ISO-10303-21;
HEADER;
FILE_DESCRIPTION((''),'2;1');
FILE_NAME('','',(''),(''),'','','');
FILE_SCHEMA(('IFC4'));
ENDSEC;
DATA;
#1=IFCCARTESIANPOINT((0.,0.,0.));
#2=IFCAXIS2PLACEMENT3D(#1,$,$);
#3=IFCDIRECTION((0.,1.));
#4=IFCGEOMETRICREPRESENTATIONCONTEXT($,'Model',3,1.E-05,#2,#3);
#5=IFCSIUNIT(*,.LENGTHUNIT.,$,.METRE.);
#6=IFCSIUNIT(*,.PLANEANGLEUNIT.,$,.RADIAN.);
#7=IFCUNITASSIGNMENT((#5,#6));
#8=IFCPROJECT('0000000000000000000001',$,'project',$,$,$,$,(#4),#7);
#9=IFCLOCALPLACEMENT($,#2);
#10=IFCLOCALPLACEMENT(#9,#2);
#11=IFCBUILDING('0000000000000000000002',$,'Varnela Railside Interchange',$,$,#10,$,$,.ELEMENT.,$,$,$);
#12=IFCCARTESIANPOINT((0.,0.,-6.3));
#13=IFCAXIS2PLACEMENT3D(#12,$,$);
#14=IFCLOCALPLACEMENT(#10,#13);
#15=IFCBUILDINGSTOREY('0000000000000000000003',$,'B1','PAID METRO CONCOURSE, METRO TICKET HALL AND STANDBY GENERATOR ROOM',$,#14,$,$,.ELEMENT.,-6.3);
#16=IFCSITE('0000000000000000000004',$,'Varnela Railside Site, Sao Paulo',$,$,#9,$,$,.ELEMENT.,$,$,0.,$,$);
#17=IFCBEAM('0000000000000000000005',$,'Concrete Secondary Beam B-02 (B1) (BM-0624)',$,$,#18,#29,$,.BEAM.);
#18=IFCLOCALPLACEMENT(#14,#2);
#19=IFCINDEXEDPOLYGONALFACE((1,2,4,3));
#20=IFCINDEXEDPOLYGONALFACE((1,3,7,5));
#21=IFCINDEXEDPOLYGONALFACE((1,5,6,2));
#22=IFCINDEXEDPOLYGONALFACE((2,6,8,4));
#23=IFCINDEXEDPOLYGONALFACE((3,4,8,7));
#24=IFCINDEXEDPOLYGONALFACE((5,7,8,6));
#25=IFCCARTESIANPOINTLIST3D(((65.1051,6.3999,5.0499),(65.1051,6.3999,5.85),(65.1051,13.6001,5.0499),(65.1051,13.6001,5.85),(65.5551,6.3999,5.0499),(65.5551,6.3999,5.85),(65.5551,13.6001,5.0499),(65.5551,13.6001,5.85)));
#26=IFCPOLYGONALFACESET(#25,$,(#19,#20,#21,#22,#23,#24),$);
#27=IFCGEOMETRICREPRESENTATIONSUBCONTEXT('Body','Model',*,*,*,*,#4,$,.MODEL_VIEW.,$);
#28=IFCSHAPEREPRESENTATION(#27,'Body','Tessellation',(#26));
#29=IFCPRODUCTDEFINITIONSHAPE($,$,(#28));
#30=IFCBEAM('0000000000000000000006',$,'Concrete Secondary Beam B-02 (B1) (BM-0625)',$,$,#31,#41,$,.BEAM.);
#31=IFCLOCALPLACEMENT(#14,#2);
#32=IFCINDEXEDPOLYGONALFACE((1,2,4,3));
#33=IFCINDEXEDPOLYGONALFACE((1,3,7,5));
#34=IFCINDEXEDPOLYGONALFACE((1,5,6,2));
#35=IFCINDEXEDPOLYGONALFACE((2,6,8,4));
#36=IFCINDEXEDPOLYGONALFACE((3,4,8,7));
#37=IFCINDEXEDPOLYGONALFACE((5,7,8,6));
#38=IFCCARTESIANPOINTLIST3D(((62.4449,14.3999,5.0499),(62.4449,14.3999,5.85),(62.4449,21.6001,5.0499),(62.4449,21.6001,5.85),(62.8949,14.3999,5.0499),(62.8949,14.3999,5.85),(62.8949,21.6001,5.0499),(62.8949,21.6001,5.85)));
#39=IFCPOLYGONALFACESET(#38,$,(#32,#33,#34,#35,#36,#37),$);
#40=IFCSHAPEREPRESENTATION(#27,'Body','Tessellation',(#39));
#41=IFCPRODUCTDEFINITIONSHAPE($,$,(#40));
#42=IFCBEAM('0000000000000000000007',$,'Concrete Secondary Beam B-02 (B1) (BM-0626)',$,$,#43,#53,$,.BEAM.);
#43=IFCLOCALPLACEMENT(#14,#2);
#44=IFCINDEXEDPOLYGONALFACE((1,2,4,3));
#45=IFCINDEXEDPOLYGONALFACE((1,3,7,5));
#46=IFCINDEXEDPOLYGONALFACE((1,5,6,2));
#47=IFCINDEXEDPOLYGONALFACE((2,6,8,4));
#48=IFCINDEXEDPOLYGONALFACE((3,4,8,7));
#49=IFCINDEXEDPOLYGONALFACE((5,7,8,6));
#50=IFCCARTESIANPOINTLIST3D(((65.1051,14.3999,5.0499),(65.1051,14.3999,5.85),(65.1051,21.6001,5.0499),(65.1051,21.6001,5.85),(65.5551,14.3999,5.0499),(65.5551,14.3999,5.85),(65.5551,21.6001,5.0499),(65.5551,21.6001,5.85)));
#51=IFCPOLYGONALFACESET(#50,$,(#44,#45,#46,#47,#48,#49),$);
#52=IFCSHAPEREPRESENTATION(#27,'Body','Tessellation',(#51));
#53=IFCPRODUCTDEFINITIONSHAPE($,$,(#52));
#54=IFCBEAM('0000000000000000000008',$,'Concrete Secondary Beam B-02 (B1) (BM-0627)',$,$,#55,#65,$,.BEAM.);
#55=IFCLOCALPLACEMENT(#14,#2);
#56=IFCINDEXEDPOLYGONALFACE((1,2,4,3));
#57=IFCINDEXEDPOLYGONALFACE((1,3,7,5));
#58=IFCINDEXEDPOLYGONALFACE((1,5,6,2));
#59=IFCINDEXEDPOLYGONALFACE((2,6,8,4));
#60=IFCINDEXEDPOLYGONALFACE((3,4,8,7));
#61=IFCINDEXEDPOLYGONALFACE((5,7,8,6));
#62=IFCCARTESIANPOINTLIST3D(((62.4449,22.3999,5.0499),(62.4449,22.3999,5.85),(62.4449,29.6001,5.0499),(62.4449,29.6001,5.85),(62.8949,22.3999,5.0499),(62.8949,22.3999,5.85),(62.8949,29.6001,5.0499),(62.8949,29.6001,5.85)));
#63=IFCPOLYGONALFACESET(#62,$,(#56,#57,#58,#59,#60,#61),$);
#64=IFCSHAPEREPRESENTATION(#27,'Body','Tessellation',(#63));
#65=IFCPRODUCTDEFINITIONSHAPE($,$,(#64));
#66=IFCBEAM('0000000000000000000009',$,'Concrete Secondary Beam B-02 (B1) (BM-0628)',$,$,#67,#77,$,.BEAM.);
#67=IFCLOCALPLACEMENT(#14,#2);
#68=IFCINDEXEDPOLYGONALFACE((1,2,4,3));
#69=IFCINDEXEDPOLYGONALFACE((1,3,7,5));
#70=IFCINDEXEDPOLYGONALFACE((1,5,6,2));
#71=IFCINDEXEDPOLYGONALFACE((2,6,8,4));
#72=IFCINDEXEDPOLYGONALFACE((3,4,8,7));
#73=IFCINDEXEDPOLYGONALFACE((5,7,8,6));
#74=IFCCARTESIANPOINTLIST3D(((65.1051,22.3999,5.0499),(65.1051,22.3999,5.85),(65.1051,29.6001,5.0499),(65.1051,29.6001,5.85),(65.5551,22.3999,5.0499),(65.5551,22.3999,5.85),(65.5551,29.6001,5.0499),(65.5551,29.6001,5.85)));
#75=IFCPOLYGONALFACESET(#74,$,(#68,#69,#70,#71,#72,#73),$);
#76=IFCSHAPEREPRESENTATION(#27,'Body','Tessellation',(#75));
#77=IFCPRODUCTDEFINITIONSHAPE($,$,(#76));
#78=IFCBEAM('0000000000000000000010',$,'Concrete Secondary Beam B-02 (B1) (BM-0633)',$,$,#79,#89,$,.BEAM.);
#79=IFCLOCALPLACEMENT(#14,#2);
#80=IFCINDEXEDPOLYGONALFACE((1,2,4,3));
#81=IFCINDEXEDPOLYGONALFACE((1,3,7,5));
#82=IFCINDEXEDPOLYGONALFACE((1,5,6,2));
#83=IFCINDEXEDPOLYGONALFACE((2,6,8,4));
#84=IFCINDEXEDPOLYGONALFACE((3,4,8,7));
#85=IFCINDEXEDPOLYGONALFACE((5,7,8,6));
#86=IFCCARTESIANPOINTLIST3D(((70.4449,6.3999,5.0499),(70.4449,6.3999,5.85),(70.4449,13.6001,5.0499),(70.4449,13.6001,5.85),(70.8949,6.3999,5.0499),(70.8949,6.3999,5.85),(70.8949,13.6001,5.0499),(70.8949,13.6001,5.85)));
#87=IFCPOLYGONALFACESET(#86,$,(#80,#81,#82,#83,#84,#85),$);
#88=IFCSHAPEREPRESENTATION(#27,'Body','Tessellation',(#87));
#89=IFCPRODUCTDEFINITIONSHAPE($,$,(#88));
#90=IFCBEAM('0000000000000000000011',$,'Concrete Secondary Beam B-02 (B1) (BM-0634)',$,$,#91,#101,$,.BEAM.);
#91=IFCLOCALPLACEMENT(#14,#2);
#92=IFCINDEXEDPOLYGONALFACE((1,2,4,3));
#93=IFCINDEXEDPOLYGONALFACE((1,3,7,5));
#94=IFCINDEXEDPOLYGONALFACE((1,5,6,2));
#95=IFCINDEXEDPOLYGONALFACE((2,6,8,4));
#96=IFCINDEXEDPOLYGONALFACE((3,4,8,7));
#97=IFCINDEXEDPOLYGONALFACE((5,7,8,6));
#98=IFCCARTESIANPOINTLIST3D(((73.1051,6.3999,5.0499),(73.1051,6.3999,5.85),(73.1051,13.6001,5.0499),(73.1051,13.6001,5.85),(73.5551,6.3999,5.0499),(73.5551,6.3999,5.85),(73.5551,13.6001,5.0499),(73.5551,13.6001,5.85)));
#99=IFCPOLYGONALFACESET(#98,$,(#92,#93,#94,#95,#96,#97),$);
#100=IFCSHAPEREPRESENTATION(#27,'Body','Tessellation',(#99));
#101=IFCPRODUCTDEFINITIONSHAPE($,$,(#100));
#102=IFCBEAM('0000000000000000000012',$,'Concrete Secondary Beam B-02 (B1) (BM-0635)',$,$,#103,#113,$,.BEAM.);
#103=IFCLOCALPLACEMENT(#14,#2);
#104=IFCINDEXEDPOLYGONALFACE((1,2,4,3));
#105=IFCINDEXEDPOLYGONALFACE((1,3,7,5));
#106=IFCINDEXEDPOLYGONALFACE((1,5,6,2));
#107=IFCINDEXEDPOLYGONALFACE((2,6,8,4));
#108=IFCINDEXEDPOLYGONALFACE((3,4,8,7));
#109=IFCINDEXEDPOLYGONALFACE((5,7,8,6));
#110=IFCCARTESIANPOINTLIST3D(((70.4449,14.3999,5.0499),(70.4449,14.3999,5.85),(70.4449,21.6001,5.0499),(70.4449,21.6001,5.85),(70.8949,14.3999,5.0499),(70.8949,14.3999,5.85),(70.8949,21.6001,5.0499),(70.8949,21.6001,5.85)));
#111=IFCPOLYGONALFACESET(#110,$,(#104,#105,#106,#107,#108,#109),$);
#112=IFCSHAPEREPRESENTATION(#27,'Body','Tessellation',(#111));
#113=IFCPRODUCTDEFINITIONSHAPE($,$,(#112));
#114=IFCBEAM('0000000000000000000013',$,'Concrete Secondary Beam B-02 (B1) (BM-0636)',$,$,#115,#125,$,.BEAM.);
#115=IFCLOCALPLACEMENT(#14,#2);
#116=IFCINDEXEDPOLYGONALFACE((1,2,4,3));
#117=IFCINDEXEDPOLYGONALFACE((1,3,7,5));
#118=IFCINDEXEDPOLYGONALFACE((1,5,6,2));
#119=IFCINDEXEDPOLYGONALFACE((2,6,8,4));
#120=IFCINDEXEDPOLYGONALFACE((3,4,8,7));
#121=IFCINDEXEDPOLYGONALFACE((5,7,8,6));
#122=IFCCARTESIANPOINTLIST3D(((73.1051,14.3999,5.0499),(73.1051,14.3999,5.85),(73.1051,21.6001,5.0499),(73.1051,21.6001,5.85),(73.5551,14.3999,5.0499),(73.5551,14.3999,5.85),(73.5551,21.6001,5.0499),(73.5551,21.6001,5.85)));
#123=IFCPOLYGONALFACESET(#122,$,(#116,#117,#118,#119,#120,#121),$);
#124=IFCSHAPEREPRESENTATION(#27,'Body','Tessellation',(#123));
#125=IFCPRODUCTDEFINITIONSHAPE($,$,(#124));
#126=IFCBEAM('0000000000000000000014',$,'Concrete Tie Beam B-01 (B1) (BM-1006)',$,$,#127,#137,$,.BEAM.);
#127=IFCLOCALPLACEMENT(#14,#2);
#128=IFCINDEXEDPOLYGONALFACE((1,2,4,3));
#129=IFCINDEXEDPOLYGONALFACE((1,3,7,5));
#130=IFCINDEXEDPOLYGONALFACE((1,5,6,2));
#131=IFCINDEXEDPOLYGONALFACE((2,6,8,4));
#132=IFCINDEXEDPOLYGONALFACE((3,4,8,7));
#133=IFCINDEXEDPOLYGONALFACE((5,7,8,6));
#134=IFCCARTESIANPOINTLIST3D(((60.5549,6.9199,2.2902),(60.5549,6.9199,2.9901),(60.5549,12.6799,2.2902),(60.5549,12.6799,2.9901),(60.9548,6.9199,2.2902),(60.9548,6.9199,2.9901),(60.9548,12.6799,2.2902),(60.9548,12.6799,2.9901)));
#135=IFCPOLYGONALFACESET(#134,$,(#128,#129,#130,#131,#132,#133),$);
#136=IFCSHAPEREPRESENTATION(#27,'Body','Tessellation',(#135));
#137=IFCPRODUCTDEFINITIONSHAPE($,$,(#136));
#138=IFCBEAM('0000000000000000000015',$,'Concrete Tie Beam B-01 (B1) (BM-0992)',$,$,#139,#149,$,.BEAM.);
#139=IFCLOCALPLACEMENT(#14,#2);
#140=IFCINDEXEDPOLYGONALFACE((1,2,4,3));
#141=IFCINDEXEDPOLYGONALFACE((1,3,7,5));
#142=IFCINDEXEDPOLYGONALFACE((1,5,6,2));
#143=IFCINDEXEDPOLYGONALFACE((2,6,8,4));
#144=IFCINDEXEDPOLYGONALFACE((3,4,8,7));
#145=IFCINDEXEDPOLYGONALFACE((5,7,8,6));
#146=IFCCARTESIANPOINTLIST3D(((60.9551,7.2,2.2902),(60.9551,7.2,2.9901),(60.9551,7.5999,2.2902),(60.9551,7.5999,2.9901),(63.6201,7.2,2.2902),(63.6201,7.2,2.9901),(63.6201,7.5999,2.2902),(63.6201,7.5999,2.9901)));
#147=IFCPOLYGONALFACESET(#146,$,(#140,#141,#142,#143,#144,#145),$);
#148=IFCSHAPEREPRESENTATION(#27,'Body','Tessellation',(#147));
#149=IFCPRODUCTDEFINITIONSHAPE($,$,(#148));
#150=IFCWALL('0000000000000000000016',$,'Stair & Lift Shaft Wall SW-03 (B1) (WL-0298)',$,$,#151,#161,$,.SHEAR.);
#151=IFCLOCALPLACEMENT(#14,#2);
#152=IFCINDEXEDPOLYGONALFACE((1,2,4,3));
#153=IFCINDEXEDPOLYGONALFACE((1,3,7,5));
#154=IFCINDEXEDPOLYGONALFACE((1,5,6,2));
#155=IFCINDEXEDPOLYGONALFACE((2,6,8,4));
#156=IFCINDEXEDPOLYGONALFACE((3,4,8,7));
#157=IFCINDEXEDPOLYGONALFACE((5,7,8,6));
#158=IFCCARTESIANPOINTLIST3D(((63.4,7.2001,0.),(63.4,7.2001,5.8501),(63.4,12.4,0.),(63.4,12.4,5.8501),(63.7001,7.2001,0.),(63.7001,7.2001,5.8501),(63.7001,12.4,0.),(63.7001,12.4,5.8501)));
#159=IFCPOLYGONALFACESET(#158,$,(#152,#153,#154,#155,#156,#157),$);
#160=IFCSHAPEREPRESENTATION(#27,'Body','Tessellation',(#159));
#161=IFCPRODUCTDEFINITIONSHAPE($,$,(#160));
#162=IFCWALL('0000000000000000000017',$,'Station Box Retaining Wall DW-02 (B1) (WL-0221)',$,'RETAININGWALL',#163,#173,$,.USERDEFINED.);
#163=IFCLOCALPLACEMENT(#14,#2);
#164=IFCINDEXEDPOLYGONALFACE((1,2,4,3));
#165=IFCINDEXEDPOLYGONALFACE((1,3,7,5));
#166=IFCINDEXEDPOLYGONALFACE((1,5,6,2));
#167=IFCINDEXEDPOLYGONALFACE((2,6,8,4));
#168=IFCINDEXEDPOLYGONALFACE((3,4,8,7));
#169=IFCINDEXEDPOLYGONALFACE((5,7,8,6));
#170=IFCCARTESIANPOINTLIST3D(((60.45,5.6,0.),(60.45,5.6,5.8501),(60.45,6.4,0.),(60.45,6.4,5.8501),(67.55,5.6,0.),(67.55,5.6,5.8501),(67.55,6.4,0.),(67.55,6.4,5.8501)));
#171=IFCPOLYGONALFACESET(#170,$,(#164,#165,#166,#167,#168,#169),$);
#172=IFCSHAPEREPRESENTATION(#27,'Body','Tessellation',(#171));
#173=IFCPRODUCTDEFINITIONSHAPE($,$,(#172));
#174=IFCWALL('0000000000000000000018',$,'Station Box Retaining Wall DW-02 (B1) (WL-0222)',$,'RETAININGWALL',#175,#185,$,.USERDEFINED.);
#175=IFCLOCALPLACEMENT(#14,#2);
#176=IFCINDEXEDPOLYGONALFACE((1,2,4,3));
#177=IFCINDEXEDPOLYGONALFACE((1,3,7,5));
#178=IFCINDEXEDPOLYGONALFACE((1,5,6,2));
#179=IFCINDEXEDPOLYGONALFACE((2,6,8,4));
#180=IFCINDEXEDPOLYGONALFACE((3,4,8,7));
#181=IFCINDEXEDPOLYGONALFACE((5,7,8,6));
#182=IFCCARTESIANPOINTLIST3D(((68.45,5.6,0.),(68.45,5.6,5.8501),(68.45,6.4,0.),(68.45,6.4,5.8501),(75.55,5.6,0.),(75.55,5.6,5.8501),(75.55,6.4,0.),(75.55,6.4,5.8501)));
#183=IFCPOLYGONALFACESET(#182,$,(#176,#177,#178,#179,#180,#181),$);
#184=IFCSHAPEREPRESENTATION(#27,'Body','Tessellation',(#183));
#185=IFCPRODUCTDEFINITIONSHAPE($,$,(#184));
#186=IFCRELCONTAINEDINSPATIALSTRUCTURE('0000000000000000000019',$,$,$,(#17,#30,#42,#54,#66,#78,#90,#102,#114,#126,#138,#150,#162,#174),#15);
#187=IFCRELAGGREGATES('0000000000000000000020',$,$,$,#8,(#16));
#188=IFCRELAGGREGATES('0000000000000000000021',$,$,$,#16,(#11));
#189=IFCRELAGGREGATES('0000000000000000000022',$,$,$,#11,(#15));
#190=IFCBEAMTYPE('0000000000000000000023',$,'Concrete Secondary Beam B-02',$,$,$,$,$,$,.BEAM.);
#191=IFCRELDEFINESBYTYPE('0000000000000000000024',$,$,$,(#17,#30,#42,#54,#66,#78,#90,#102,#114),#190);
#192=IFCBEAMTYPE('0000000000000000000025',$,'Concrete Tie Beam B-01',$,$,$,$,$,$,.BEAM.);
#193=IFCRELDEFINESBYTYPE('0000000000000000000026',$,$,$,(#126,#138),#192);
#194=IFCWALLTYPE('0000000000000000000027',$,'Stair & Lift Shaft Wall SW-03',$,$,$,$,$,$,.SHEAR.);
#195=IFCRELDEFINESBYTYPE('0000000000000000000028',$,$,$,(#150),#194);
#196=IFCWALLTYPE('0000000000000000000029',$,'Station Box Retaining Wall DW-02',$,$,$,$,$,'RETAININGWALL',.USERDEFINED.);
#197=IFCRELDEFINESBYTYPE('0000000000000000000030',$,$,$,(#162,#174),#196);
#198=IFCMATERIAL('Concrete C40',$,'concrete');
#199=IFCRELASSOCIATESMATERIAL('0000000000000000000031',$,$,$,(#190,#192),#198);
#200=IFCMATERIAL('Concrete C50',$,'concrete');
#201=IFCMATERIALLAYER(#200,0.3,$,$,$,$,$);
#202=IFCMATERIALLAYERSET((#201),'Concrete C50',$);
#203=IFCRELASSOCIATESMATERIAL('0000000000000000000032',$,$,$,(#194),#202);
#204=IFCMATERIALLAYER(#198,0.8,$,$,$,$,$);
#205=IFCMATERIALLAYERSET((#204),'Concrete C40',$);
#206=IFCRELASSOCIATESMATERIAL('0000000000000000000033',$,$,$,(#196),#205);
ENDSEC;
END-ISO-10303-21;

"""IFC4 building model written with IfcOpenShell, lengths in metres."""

from ifc_helpers import new_model, si_unit, direction, frame, frame_2d, origin, origin_2d, place, context, subcontext, project, spatial, rectangle, extrude, material, layer, layer_set, material_profile, profile_set, type_object, element, save


model = new_model("IFC4")

# Units and contexts
model_context = context("Model", 3, precision=1e-05, world=origin(), true_north=direction((0.0, 1.0)))
body_context = subcontext(model_context, "Body", "Model", "MODEL_VIEW")
ifc_project = project(units=[si_unit("LENGTHUNIT", "METRE"), si_unit("PLANEANGLEUNIT", "RADIAN")], contexts=[model_context])

# Site, building, storey
site_placement = place(None, origin())
site = spatial("IfcSite", under=ifc_project, at=site_placement, Name="Varnela Railside Site, Sao Paulo", CompositionType="ELEMENT", RefElevation=0.0)
building_placement = place(site_placement, origin())
building = spatial("IfcBuilding", under=site, at=building_placement, Name="Varnela Railside Interchange", CompositionType="ELEMENT")
storey_placement = place(building_placement, frame((0.0, 0.0, -6.3)))
storey = spatial("IfcBuildingStorey", under=building, at=storey_placement, Name="B1", Description="PAID METRO CONCOURSE, METRO TICKET HALL AND STANDBY GENERATOR ROOM", CompositionType="ELEMENT", Elevation=-6.3)

# Shared definitions
ifc_material_1 = material(Name="Concrete C50", Category="concrete")

# Beams
ifc_material_2 = material(Name="Concrete C40", Category="concrete")
ifc_material_profile_1 = material_profile(ifc_material_2, rectangle(XDim=0.45, YDim=0.8, at=origin_2d()), Name="RC 450x800")
ifc_profile_set_1 = profile_set([ifc_material_profile_1], Name="Concrete C40")
beam_type_1 = type_object("IfcBeamType", Name="Concrete Secondary Beam B-02", PredefinedType="BEAM", material=ifc_profile_set_1)
for number, where, z_axis, x_axis, name in (
    (1, (65.3301, 6.3999, 5.45), (0.0, 1.0, 0.0), (-1.0, 0.0, 0.0), "Concrete Secondary Beam B-02 (B1) (BM-0624)"),
    (2, (62.6699, 14.3999, 5.45), (0.0, 1.0, 0.0), (-1.0, 0.0, 0.0), "Concrete Secondary Beam B-02 (B1) (BM-0625)"),
    (3, (65.3301, 14.3999, 5.45), (0.0, 1.0, 0.0), (-1.0, 0.0, 0.0), "Concrete Secondary Beam B-02 (B1) (BM-0626)"),
    (4, (62.6699, 22.3999, 5.45), (0.0, 1.0, 0.0), (-1.0, 0.0, 0.0), "Concrete Secondary Beam B-02 (B1) (BM-0627)"),
    (5, (65.3301, 22.3999, 5.45), (0.0, 1.0, 0.0), (-1.0, 0.0, 0.0), "Concrete Secondary Beam B-02 (B1) (BM-0628)"),
    (6, (70.6699, 6.3999, 5.45), (0.0, 1.0, 0.0), (-1.0, 0.0, 0.0), "Concrete Secondary Beam B-02 (B1) (BM-0633)"),
    (7, (73.3301, 6.3999, 5.45), (0.0, 1.0, 0.0), (-1.0, 0.0, 0.0), "Concrete Secondary Beam B-02 (B1) (BM-0634)"),
    (8, (70.6699, 14.3999, 5.45), (0.0, 1.0, 0.0), (-1.0, 0.0, 0.0), "Concrete Secondary Beam B-02 (B1) (BM-0635)"),
    (9, (73.3301, 14.3999, 5.45), (0.0, 1.0, 0.0), (-1.0, 0.0, 0.0), "Concrete Secondary Beam B-02 (B1) (BM-0636)"),
):
    element("IfcBeam", number, at=place(storey_placement, frame(where, z_axis=z_axis, x_axis=x_axis)), inside=storey, type_object=beam_type_1, Name=name, PredefinedType="BEAM", context=body_context, shape_type="SweptSolid", body=[
        extrude(rectangle(XDim=0.45, YDim=0.8, at=origin_2d()), origin(), (0.0, 0.0, 1.0), 7.2002),
    ])
ifc_material_profile_2 = material_profile(ifc_material_2, rectangle(XDim=0.3999, YDim=0.7, at=origin_2d()), Name="RC 400x700")
ifc_profile_set_2 = profile_set([ifc_material_profile_2], Name="Concrete C40")
beam_type_2 = type_object("IfcBeamType", Name="Concrete Tie Beam B-01", PredefinedType="BEAM", material=ifc_profile_set_2)
beam_1_placement = place(storey_placement, frame((60.7549, 6.9199, 2.6401), z_axis=(0.0, 1.0, 0.0), x_axis=(-1.0, 0.0, 0.0)))
element("IfcBeam", 10, at=beam_1_placement, inside=storey, type_object=beam_type_2, Name="Concrete Tie Beam B-01 (B1) (BM-1006)", PredefinedType="BEAM", context=body_context, shape_type="SweptSolid", body=[
    extrude(rectangle(XDim=0.3999, YDim=0.7, at=origin_2d()), origin(), (0.0, 0.0, 1.0), 5.76),
])
beam_2_placement = place(storey_placement, frame((60.9551, 7.3999, 2.6401), z_axis=(1.0, 0.0, 0.0), x_axis=(0.0, 1.0, 0.0)))
element("IfcBeam", 11, at=beam_2_placement, inside=storey, type_object=beam_type_2, Name="Concrete Tie Beam B-01 (B1) (BM-0992)", PredefinedType="BEAM", context=body_context, shape_type="SweptSolid", body=[
    extrude(rectangle(XDim=0.3999, YDim=0.7, at=origin_2d()), origin(), (0.0, 0.0, 1.0), 2.665),
])

# Walls
ifc_layer_1 = layer(ifc_material_1, 0.3)
ifc_layer_set_1 = layer_set([ifc_layer_1], Name="Concrete C50")
wall_type_1 = type_object("IfcWallType", Name="Stair & Lift Shaft Wall SW-03", PredefinedType="SHEAR", material=ifc_layer_set_1)
wall_placement = place(storey_placement, frame((63.55, 7.2, 0.0), z_axis=(0.0, 0.0, 1.0), x_axis=(0.0, 1.0, 0.0)))
element("IfcWall", 12, at=wall_placement, inside=storey, type_object=wall_type_1, Name="Stair & Lift Shaft Wall SW-03 (B1) (WL-0298)", PredefinedType="SHEAR", context=body_context, shape_type="SweptSolid", body=[
    extrude(rectangle(XDim=5.2, YDim=0.3, at=frame_2d((2.6001, 0.0))), origin(), (0.0, 0.0, 1.0), 5.8501),
])
ifc_layer_2 = layer(ifc_material_2, 0.8)
ifc_layer_set_2 = layer_set([ifc_layer_2], Name="Concrete C40")
wall_type_2 = type_object("IfcWallType", Name="Station Box Retaining Wall DW-02", ElementType="RETAININGWALL", PredefinedType="USERDEFINED", material=ifc_layer_set_2)
for number, where, z_axis, x_axis, name in (
    (13, (60.45, 6.0, 0.0), (0.0, 0.0, 1.0), (1.0, 0.0, 0.0), "Station Box Retaining Wall DW-02 (B1) (WL-0221)"),
    (14, (68.45, 6.0, 0.0), (0.0, 0.0, 1.0), (1.0, 0.0, 0.0), "Station Box Retaining Wall DW-02 (B1) (WL-0222)"),
):
    element("IfcWall", number, at=place(storey_placement, frame(where, z_axis=z_axis, x_axis=x_axis)), inside=storey, type_object=wall_type_2, Name=name, ObjectType="RETAININGWALL", PredefinedType="USERDEFINED", context=body_context, shape_type="SweptSolid", body=[
        extrude(rectangle(XDim=7.1001, YDim=0.8, at=frame_2d((3.55, 0.0))), origin(), (0.0, 0.0, 1.0), 5.8501),
    ])

save(model, "model.ifc")
